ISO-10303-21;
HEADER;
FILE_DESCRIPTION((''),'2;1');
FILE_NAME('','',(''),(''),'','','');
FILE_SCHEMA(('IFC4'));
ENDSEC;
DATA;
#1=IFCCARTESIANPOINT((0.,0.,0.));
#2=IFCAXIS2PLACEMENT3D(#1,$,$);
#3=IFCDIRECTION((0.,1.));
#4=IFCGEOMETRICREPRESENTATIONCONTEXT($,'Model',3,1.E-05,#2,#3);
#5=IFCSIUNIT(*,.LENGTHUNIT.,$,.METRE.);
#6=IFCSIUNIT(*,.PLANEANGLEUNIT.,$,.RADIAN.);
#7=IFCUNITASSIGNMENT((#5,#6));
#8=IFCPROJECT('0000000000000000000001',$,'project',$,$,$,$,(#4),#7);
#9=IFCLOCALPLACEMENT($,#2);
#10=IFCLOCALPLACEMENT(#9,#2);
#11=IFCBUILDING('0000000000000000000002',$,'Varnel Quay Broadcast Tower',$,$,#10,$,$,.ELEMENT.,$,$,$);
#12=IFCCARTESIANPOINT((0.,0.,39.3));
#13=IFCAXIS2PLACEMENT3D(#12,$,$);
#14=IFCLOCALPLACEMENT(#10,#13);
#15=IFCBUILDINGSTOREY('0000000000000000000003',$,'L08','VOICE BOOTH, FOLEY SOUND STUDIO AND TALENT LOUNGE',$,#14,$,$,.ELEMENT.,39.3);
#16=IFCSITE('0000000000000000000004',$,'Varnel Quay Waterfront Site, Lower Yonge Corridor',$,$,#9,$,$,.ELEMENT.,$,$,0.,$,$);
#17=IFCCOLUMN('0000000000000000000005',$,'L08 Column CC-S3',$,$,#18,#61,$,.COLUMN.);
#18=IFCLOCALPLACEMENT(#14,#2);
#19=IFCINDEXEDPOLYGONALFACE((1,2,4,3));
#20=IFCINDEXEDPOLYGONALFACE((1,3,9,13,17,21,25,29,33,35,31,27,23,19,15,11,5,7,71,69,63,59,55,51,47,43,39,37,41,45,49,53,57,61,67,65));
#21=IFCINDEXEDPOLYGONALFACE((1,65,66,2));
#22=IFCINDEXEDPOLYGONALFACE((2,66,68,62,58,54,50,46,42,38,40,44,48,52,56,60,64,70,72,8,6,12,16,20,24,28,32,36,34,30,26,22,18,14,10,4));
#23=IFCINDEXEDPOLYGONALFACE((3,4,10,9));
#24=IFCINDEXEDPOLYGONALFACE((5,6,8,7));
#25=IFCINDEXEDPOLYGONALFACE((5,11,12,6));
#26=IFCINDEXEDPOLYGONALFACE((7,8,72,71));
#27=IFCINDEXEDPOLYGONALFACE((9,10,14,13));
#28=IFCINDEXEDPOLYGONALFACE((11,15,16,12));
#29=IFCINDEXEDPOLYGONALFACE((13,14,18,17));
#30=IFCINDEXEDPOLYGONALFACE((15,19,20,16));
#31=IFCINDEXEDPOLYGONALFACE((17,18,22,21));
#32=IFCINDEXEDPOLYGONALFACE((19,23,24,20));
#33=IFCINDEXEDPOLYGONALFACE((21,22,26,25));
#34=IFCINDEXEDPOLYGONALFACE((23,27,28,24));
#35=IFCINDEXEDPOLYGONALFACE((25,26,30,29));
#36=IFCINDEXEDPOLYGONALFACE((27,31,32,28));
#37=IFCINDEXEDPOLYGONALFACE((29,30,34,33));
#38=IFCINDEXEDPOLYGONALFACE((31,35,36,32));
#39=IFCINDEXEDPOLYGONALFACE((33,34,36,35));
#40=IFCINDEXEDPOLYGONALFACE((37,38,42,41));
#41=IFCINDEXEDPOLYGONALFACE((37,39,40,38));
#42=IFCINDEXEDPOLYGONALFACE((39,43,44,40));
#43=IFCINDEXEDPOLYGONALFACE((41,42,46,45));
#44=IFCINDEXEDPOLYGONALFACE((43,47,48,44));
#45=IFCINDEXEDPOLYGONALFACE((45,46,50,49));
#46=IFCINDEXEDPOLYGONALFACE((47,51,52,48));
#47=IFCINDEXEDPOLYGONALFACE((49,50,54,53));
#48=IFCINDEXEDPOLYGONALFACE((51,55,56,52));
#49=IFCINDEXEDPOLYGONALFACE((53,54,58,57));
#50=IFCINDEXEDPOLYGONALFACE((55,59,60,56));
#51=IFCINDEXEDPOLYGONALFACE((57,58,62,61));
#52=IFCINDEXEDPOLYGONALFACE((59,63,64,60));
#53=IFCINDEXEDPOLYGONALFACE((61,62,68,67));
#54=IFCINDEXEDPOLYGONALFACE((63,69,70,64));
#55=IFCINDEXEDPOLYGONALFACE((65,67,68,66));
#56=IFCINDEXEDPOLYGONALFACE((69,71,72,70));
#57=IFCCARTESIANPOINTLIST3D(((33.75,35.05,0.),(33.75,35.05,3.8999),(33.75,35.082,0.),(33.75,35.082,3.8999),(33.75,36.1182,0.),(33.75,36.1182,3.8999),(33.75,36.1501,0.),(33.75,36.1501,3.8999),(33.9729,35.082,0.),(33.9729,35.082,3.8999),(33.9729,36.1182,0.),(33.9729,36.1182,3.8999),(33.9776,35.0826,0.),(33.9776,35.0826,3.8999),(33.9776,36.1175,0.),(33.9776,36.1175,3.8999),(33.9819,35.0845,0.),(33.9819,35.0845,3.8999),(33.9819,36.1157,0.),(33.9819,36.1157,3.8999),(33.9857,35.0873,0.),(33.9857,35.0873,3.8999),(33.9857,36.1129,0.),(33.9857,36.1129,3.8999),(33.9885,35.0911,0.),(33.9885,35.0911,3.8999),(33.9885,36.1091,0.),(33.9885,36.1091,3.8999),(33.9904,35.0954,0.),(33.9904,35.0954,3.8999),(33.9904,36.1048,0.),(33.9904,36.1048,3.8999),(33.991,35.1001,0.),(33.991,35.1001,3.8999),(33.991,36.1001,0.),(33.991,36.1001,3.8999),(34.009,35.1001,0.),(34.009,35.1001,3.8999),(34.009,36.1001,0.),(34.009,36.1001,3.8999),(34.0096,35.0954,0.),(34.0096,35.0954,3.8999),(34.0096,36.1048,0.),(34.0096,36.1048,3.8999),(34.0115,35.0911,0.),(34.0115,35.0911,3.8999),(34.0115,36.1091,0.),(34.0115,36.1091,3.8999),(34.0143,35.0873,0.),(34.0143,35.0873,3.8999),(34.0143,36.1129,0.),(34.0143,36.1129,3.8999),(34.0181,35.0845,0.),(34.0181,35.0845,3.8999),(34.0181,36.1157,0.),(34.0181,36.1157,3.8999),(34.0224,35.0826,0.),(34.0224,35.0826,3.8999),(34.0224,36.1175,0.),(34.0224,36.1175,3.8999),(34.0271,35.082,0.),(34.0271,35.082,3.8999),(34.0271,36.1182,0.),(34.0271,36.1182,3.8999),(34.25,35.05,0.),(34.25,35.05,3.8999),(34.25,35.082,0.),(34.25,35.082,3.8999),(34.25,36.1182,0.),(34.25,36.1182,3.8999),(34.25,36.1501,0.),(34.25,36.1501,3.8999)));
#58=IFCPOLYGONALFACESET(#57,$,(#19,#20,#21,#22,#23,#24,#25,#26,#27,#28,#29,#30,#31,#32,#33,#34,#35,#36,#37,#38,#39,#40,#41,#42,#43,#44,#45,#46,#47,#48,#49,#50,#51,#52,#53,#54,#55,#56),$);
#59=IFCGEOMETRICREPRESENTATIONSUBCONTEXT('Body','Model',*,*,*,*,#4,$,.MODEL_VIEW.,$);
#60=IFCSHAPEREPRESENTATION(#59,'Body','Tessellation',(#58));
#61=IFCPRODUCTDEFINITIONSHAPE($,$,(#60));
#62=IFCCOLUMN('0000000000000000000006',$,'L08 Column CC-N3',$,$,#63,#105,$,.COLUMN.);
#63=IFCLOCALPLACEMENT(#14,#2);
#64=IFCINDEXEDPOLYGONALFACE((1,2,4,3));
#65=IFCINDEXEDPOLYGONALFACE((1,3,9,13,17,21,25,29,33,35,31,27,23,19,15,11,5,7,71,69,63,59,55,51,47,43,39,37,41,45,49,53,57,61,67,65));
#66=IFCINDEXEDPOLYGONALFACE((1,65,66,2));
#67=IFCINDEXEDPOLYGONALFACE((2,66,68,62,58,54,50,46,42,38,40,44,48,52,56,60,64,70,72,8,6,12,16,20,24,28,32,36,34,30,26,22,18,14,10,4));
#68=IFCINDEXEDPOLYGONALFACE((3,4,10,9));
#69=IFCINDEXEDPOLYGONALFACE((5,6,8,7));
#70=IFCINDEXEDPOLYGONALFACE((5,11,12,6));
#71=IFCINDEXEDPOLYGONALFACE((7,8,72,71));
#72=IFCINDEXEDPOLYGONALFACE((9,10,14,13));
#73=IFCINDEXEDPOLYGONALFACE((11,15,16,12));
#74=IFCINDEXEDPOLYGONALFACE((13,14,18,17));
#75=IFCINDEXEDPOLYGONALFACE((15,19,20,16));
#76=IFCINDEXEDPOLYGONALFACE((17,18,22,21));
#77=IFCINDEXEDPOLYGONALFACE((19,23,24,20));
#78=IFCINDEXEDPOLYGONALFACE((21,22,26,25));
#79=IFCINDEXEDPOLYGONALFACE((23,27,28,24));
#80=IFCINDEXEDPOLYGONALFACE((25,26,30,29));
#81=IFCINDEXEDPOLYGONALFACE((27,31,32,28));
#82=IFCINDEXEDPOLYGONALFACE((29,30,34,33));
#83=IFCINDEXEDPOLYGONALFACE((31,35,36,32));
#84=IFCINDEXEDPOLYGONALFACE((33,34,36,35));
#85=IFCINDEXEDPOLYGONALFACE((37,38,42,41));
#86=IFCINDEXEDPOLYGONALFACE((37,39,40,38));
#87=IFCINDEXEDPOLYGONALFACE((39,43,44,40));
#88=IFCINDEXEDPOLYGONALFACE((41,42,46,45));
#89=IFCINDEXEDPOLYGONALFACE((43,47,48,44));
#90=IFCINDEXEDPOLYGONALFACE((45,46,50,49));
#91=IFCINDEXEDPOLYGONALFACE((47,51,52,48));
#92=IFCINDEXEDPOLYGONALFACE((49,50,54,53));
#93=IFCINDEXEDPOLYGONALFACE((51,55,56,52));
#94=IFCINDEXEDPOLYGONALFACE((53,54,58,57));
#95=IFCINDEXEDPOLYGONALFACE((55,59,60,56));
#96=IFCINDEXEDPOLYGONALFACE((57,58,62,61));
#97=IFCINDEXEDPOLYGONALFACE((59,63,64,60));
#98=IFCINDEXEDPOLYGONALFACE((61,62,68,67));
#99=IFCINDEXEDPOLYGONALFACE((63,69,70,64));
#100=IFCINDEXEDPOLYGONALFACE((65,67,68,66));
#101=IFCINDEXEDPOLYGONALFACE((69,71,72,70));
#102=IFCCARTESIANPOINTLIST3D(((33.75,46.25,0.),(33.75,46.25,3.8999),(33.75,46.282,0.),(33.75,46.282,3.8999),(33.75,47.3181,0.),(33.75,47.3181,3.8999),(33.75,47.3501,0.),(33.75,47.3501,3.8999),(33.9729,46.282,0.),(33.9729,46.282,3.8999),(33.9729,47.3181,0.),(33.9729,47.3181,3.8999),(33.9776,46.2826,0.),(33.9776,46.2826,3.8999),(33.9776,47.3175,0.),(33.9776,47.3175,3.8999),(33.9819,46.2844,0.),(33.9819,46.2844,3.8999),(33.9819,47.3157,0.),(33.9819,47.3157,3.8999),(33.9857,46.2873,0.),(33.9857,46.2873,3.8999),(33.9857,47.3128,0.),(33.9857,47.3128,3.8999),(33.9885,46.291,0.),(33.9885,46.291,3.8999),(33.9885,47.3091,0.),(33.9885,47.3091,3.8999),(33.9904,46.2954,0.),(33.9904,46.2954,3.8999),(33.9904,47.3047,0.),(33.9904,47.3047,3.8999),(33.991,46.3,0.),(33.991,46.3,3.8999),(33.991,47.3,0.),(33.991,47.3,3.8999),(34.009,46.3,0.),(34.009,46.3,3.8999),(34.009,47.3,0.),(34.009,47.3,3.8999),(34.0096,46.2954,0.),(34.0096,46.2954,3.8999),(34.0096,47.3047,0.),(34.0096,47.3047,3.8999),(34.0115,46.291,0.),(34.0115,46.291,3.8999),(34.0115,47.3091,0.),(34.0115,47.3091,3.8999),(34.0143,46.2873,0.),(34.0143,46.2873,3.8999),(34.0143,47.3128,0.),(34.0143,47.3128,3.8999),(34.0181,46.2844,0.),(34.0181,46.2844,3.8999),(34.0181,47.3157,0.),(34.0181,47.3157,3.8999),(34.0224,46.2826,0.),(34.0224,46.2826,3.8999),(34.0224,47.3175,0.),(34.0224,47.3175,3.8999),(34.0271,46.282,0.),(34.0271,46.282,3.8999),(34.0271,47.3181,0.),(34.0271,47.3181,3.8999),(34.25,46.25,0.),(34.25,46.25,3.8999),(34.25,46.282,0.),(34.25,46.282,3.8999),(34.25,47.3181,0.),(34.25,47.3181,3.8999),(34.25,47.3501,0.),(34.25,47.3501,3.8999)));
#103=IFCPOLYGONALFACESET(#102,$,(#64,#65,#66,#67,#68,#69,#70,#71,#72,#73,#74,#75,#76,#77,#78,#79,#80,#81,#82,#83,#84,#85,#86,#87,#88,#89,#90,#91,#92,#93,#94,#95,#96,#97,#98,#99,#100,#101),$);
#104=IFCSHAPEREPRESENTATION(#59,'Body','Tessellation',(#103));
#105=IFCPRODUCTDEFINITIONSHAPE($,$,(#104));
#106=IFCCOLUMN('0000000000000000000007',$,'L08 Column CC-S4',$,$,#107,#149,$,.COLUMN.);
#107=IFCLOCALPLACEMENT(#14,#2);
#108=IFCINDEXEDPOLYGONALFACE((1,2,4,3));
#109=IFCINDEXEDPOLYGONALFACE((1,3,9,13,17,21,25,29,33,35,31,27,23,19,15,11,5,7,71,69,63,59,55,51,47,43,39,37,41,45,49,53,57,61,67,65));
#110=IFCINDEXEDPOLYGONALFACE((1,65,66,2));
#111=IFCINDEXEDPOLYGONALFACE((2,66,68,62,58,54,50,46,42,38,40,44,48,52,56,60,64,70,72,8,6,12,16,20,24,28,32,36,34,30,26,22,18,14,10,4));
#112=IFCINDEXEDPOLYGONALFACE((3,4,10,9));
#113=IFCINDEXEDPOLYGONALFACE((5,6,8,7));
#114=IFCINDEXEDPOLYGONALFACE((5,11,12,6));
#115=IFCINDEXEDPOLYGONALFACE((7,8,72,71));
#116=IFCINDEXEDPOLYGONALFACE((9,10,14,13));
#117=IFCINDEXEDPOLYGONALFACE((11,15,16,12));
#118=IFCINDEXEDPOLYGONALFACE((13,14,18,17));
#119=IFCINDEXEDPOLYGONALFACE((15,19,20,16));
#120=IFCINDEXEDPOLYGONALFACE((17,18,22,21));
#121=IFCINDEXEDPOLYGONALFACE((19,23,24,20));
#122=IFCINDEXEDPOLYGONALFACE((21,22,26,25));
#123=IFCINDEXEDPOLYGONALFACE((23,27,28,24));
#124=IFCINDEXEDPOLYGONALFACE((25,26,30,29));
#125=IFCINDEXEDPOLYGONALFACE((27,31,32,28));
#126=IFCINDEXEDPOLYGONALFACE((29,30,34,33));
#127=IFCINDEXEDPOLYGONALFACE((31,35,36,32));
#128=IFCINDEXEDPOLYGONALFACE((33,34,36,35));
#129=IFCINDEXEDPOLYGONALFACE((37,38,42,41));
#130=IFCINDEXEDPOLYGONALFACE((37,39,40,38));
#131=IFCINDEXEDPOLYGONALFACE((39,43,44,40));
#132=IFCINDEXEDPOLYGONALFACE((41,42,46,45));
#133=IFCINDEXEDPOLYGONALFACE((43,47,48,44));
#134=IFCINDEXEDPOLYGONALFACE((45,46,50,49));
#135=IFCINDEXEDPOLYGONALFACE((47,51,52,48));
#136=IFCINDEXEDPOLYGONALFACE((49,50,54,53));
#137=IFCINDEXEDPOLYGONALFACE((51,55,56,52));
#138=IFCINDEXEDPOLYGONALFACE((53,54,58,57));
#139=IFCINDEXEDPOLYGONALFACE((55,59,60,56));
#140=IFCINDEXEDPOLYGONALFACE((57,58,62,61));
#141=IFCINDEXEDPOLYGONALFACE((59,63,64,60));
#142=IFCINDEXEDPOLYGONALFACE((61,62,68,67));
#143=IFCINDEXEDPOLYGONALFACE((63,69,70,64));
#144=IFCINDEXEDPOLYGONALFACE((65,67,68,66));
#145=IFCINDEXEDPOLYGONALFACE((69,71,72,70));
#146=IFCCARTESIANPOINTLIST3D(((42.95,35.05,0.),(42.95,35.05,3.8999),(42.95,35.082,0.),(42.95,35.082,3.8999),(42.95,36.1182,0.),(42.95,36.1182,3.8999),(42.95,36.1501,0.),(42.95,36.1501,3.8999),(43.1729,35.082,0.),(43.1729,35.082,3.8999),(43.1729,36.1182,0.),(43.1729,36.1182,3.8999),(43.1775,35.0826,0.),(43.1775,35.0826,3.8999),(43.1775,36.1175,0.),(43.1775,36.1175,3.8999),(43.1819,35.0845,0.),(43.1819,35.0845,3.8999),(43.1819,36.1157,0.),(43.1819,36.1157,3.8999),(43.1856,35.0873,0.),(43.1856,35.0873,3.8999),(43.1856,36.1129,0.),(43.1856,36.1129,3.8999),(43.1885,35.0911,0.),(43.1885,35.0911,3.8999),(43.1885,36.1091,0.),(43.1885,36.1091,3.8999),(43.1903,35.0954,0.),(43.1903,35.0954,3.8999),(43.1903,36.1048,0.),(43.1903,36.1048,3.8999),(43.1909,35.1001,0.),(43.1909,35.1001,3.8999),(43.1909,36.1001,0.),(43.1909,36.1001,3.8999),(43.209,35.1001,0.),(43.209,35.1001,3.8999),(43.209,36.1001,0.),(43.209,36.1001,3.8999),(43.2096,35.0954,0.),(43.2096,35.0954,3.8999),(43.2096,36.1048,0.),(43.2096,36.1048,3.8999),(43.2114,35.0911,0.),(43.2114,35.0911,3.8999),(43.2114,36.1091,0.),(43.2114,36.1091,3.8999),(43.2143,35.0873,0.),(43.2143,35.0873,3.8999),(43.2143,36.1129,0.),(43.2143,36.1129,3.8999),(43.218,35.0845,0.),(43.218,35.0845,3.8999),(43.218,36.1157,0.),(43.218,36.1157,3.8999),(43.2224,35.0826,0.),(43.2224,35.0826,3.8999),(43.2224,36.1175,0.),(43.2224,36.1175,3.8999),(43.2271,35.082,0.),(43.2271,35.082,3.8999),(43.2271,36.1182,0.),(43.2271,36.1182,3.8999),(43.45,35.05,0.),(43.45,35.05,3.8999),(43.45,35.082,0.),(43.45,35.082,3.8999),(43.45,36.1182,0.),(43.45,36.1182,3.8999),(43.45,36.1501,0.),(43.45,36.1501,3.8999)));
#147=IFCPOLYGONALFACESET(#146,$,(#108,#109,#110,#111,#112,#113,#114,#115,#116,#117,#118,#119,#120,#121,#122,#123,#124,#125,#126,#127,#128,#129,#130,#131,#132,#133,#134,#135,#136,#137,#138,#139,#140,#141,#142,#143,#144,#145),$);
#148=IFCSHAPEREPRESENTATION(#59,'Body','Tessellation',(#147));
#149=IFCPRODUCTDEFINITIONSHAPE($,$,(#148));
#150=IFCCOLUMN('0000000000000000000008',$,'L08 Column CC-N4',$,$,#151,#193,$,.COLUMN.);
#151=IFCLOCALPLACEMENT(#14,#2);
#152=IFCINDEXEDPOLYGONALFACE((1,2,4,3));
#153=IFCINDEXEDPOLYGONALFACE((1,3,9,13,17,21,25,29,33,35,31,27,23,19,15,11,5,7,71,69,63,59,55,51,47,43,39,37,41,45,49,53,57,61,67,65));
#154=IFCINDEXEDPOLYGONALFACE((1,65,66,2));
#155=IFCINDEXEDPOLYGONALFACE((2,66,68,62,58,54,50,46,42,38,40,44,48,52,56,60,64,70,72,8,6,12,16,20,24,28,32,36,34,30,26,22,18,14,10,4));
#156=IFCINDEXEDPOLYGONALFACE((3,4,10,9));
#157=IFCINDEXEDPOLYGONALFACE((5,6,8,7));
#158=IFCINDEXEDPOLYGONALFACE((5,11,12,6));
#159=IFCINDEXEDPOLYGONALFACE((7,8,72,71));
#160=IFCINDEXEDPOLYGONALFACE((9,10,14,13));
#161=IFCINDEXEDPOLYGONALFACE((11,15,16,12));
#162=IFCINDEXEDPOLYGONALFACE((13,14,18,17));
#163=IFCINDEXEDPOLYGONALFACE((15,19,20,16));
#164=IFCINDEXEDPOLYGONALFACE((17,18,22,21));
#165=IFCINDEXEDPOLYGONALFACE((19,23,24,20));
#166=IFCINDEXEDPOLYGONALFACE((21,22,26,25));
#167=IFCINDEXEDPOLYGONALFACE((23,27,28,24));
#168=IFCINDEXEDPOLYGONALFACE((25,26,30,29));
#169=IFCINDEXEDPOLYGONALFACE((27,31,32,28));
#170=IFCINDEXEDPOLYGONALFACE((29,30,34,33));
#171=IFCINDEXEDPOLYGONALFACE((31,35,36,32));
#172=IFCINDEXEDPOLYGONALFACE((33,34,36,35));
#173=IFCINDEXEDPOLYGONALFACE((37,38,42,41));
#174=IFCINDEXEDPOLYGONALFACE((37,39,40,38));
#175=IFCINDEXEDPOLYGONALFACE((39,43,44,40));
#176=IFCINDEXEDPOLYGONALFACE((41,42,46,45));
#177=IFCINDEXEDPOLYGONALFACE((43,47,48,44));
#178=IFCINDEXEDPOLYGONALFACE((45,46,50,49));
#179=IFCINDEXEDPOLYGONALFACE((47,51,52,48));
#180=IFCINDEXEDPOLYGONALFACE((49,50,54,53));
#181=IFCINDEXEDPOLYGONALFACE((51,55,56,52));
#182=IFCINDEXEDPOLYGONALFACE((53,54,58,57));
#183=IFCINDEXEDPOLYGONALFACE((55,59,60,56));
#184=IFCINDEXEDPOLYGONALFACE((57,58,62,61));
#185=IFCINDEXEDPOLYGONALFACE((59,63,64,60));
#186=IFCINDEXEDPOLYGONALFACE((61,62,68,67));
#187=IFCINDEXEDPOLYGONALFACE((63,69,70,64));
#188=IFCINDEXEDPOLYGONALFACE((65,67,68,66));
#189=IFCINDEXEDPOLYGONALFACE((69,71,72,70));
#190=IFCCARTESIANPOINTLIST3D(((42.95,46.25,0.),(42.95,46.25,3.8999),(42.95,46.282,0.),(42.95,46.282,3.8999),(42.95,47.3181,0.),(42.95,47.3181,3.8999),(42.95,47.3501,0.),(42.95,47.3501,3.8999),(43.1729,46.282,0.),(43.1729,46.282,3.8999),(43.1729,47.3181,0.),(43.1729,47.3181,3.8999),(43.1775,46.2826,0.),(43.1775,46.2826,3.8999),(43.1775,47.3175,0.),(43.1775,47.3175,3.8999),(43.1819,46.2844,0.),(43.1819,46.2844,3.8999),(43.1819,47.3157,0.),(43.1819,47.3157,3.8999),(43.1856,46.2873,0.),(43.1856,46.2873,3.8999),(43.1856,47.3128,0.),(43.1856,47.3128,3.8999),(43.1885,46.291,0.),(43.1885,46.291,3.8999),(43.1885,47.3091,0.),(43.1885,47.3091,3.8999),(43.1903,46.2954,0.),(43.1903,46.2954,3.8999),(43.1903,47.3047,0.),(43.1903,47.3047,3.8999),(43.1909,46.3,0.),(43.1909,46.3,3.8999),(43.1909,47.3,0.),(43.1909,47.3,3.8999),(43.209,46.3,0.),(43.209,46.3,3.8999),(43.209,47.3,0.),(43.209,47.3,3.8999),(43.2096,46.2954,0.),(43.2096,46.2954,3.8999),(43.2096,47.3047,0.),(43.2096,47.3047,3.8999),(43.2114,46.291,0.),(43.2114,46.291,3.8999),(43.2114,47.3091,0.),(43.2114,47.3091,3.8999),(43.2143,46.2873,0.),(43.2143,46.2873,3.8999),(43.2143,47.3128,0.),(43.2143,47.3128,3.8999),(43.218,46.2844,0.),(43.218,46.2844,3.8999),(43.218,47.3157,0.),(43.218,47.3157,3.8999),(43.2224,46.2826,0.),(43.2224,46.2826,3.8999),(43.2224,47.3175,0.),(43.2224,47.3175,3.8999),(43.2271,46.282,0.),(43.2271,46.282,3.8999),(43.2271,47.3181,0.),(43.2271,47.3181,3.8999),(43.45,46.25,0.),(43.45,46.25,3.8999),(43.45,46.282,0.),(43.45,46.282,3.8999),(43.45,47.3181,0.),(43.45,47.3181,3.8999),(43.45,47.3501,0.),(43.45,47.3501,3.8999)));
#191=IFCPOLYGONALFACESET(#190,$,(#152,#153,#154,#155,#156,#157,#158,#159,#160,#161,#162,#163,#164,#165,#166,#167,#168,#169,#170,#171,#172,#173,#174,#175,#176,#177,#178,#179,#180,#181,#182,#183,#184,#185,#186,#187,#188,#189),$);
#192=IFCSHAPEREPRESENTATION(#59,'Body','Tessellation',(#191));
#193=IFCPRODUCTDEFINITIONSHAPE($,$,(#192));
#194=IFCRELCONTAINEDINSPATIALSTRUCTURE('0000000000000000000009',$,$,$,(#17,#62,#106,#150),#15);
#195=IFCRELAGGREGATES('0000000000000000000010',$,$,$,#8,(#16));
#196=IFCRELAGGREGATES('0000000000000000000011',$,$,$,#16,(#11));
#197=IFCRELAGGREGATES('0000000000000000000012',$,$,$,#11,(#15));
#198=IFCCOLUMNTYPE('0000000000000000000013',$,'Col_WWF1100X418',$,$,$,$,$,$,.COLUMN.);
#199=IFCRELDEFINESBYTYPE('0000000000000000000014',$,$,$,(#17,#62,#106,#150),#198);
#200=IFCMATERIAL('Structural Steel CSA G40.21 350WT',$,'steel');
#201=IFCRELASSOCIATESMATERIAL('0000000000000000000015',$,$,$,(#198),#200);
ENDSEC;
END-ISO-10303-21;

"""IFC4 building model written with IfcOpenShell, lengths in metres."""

from ifc_helpers import new_model, si_unit, direction, frame, origin, origin_2d, place, context, subcontext, project, spatial, i_section, extrude, source, transform, mapped, material, material_profile, profile_set, type_object, type_shapes, element, save


model = new_model("IFC4")

# Units and contexts
model_context = context("Model", 3, precision=1e-05, world=origin(), true_north=direction((0.0, 1.0)))
body_context = subcontext(model_context, "Body", "Model", "MODEL_VIEW")
ifc_project = project(units=[si_unit("LENGTHUNIT", "METRE"), si_unit("PLANEANGLEUNIT", "RADIAN")], contexts=[model_context])

# Site, building, storey
site_placement = place(None, origin())
site = spatial("IfcSite", under=ifc_project, at=site_placement, Name="Varnel Quay Waterfront Site, Lower Yonge Corridor", CompositionType="ELEMENT", RefElevation=0.0)
building_placement = place(site_placement, origin())
building = spatial("IfcBuilding", under=site, at=building_placement, Name="Varnel Quay Broadcast Tower", CompositionType="ELEMENT")
storey_placement = place(building_placement, frame((0.0, 0.0, 39.3)))
storey = spatial("IfcBuildingStorey", under=building, at=storey_placement, Name="L08", Description="VOICE BOOTH, FOLEY SOUND STUDIO AND TALENT LOUNGE", CompositionType="ELEMENT", Elevation=39.3)

# Columns
ifc_material_1 = material(Name="Structural Steel CSA G40.21 350WT", Category="steel")
ifc_material_profile_1 = material_profile(ifc_material_1, i_section(OverallWidth=0.5, OverallDepth=1.1001, WebThickness=0.0181, FlangeThickness=0.032, FilletRadius=0.0181, at=origin_2d()), Name="WWF1100X418")
ifc_profile_set_1 = profile_set([ifc_material_profile_1], Name="Structural Steel CSA G40.21 350WT")
column_type = type_object("IfcColumnType", Name="Col_WWF1100X418", PredefinedType="COLUMN", material=ifc_profile_set_1)
shared_shape_1 = source(origin(), body_context, "Body", "SweptSolid", [
    extrude(i_section(OverallWidth=0.5, OverallDepth=1.1001, WebThickness=0.0181, FlangeThickness=0.032, FilletRadius=0.0181, at=origin_2d()), origin(), (0.0, 0.0, 1.0), 3.8999),
])
type_shapes(column_type, [shared_shape_1])
for number, where, z_axis, x_axis, name in (
    (1, (34.0, 35.6001, 0.0), (0.0, 0.0, 1.0), (1.0, 0.0, 0.0), "L08 Column CC-S3"),
    (2, (34.0, 46.8, 0.0), (0.0, 0.0, 1.0), (1.0, 0.0, 0.0), "L08 Column CC-N3"),
    (3, (43.2, 35.6001, 0.0), (0.0, 0.0, 1.0), (1.0, 0.0, 0.0), "L08 Column CC-S4"),
    (4, (43.2, 46.8, 0.0), (0.0, 0.0, 1.0), (1.0, 0.0, 0.0), "L08 Column CC-N4"),
):
    element("IfcColumn", number, at=place(storey_placement, frame(where, z_axis=z_axis, x_axis=x_axis)), inside=storey, type_object=column_type, Name=name, PredefinedType="COLUMN", context=body_context, shape_type="MappedRepresentation", body=[
        mapped(shared_shape_1, transform((0.0, 0.0, 0.0), x_axis=(1.0, 0.0, 0.0), y_axis=(0.0, 1.0, 0.0), z_axis=(0.0, 0.0, 1.0), scale=1.0)),
    ])

save(model, "model.ifc")
